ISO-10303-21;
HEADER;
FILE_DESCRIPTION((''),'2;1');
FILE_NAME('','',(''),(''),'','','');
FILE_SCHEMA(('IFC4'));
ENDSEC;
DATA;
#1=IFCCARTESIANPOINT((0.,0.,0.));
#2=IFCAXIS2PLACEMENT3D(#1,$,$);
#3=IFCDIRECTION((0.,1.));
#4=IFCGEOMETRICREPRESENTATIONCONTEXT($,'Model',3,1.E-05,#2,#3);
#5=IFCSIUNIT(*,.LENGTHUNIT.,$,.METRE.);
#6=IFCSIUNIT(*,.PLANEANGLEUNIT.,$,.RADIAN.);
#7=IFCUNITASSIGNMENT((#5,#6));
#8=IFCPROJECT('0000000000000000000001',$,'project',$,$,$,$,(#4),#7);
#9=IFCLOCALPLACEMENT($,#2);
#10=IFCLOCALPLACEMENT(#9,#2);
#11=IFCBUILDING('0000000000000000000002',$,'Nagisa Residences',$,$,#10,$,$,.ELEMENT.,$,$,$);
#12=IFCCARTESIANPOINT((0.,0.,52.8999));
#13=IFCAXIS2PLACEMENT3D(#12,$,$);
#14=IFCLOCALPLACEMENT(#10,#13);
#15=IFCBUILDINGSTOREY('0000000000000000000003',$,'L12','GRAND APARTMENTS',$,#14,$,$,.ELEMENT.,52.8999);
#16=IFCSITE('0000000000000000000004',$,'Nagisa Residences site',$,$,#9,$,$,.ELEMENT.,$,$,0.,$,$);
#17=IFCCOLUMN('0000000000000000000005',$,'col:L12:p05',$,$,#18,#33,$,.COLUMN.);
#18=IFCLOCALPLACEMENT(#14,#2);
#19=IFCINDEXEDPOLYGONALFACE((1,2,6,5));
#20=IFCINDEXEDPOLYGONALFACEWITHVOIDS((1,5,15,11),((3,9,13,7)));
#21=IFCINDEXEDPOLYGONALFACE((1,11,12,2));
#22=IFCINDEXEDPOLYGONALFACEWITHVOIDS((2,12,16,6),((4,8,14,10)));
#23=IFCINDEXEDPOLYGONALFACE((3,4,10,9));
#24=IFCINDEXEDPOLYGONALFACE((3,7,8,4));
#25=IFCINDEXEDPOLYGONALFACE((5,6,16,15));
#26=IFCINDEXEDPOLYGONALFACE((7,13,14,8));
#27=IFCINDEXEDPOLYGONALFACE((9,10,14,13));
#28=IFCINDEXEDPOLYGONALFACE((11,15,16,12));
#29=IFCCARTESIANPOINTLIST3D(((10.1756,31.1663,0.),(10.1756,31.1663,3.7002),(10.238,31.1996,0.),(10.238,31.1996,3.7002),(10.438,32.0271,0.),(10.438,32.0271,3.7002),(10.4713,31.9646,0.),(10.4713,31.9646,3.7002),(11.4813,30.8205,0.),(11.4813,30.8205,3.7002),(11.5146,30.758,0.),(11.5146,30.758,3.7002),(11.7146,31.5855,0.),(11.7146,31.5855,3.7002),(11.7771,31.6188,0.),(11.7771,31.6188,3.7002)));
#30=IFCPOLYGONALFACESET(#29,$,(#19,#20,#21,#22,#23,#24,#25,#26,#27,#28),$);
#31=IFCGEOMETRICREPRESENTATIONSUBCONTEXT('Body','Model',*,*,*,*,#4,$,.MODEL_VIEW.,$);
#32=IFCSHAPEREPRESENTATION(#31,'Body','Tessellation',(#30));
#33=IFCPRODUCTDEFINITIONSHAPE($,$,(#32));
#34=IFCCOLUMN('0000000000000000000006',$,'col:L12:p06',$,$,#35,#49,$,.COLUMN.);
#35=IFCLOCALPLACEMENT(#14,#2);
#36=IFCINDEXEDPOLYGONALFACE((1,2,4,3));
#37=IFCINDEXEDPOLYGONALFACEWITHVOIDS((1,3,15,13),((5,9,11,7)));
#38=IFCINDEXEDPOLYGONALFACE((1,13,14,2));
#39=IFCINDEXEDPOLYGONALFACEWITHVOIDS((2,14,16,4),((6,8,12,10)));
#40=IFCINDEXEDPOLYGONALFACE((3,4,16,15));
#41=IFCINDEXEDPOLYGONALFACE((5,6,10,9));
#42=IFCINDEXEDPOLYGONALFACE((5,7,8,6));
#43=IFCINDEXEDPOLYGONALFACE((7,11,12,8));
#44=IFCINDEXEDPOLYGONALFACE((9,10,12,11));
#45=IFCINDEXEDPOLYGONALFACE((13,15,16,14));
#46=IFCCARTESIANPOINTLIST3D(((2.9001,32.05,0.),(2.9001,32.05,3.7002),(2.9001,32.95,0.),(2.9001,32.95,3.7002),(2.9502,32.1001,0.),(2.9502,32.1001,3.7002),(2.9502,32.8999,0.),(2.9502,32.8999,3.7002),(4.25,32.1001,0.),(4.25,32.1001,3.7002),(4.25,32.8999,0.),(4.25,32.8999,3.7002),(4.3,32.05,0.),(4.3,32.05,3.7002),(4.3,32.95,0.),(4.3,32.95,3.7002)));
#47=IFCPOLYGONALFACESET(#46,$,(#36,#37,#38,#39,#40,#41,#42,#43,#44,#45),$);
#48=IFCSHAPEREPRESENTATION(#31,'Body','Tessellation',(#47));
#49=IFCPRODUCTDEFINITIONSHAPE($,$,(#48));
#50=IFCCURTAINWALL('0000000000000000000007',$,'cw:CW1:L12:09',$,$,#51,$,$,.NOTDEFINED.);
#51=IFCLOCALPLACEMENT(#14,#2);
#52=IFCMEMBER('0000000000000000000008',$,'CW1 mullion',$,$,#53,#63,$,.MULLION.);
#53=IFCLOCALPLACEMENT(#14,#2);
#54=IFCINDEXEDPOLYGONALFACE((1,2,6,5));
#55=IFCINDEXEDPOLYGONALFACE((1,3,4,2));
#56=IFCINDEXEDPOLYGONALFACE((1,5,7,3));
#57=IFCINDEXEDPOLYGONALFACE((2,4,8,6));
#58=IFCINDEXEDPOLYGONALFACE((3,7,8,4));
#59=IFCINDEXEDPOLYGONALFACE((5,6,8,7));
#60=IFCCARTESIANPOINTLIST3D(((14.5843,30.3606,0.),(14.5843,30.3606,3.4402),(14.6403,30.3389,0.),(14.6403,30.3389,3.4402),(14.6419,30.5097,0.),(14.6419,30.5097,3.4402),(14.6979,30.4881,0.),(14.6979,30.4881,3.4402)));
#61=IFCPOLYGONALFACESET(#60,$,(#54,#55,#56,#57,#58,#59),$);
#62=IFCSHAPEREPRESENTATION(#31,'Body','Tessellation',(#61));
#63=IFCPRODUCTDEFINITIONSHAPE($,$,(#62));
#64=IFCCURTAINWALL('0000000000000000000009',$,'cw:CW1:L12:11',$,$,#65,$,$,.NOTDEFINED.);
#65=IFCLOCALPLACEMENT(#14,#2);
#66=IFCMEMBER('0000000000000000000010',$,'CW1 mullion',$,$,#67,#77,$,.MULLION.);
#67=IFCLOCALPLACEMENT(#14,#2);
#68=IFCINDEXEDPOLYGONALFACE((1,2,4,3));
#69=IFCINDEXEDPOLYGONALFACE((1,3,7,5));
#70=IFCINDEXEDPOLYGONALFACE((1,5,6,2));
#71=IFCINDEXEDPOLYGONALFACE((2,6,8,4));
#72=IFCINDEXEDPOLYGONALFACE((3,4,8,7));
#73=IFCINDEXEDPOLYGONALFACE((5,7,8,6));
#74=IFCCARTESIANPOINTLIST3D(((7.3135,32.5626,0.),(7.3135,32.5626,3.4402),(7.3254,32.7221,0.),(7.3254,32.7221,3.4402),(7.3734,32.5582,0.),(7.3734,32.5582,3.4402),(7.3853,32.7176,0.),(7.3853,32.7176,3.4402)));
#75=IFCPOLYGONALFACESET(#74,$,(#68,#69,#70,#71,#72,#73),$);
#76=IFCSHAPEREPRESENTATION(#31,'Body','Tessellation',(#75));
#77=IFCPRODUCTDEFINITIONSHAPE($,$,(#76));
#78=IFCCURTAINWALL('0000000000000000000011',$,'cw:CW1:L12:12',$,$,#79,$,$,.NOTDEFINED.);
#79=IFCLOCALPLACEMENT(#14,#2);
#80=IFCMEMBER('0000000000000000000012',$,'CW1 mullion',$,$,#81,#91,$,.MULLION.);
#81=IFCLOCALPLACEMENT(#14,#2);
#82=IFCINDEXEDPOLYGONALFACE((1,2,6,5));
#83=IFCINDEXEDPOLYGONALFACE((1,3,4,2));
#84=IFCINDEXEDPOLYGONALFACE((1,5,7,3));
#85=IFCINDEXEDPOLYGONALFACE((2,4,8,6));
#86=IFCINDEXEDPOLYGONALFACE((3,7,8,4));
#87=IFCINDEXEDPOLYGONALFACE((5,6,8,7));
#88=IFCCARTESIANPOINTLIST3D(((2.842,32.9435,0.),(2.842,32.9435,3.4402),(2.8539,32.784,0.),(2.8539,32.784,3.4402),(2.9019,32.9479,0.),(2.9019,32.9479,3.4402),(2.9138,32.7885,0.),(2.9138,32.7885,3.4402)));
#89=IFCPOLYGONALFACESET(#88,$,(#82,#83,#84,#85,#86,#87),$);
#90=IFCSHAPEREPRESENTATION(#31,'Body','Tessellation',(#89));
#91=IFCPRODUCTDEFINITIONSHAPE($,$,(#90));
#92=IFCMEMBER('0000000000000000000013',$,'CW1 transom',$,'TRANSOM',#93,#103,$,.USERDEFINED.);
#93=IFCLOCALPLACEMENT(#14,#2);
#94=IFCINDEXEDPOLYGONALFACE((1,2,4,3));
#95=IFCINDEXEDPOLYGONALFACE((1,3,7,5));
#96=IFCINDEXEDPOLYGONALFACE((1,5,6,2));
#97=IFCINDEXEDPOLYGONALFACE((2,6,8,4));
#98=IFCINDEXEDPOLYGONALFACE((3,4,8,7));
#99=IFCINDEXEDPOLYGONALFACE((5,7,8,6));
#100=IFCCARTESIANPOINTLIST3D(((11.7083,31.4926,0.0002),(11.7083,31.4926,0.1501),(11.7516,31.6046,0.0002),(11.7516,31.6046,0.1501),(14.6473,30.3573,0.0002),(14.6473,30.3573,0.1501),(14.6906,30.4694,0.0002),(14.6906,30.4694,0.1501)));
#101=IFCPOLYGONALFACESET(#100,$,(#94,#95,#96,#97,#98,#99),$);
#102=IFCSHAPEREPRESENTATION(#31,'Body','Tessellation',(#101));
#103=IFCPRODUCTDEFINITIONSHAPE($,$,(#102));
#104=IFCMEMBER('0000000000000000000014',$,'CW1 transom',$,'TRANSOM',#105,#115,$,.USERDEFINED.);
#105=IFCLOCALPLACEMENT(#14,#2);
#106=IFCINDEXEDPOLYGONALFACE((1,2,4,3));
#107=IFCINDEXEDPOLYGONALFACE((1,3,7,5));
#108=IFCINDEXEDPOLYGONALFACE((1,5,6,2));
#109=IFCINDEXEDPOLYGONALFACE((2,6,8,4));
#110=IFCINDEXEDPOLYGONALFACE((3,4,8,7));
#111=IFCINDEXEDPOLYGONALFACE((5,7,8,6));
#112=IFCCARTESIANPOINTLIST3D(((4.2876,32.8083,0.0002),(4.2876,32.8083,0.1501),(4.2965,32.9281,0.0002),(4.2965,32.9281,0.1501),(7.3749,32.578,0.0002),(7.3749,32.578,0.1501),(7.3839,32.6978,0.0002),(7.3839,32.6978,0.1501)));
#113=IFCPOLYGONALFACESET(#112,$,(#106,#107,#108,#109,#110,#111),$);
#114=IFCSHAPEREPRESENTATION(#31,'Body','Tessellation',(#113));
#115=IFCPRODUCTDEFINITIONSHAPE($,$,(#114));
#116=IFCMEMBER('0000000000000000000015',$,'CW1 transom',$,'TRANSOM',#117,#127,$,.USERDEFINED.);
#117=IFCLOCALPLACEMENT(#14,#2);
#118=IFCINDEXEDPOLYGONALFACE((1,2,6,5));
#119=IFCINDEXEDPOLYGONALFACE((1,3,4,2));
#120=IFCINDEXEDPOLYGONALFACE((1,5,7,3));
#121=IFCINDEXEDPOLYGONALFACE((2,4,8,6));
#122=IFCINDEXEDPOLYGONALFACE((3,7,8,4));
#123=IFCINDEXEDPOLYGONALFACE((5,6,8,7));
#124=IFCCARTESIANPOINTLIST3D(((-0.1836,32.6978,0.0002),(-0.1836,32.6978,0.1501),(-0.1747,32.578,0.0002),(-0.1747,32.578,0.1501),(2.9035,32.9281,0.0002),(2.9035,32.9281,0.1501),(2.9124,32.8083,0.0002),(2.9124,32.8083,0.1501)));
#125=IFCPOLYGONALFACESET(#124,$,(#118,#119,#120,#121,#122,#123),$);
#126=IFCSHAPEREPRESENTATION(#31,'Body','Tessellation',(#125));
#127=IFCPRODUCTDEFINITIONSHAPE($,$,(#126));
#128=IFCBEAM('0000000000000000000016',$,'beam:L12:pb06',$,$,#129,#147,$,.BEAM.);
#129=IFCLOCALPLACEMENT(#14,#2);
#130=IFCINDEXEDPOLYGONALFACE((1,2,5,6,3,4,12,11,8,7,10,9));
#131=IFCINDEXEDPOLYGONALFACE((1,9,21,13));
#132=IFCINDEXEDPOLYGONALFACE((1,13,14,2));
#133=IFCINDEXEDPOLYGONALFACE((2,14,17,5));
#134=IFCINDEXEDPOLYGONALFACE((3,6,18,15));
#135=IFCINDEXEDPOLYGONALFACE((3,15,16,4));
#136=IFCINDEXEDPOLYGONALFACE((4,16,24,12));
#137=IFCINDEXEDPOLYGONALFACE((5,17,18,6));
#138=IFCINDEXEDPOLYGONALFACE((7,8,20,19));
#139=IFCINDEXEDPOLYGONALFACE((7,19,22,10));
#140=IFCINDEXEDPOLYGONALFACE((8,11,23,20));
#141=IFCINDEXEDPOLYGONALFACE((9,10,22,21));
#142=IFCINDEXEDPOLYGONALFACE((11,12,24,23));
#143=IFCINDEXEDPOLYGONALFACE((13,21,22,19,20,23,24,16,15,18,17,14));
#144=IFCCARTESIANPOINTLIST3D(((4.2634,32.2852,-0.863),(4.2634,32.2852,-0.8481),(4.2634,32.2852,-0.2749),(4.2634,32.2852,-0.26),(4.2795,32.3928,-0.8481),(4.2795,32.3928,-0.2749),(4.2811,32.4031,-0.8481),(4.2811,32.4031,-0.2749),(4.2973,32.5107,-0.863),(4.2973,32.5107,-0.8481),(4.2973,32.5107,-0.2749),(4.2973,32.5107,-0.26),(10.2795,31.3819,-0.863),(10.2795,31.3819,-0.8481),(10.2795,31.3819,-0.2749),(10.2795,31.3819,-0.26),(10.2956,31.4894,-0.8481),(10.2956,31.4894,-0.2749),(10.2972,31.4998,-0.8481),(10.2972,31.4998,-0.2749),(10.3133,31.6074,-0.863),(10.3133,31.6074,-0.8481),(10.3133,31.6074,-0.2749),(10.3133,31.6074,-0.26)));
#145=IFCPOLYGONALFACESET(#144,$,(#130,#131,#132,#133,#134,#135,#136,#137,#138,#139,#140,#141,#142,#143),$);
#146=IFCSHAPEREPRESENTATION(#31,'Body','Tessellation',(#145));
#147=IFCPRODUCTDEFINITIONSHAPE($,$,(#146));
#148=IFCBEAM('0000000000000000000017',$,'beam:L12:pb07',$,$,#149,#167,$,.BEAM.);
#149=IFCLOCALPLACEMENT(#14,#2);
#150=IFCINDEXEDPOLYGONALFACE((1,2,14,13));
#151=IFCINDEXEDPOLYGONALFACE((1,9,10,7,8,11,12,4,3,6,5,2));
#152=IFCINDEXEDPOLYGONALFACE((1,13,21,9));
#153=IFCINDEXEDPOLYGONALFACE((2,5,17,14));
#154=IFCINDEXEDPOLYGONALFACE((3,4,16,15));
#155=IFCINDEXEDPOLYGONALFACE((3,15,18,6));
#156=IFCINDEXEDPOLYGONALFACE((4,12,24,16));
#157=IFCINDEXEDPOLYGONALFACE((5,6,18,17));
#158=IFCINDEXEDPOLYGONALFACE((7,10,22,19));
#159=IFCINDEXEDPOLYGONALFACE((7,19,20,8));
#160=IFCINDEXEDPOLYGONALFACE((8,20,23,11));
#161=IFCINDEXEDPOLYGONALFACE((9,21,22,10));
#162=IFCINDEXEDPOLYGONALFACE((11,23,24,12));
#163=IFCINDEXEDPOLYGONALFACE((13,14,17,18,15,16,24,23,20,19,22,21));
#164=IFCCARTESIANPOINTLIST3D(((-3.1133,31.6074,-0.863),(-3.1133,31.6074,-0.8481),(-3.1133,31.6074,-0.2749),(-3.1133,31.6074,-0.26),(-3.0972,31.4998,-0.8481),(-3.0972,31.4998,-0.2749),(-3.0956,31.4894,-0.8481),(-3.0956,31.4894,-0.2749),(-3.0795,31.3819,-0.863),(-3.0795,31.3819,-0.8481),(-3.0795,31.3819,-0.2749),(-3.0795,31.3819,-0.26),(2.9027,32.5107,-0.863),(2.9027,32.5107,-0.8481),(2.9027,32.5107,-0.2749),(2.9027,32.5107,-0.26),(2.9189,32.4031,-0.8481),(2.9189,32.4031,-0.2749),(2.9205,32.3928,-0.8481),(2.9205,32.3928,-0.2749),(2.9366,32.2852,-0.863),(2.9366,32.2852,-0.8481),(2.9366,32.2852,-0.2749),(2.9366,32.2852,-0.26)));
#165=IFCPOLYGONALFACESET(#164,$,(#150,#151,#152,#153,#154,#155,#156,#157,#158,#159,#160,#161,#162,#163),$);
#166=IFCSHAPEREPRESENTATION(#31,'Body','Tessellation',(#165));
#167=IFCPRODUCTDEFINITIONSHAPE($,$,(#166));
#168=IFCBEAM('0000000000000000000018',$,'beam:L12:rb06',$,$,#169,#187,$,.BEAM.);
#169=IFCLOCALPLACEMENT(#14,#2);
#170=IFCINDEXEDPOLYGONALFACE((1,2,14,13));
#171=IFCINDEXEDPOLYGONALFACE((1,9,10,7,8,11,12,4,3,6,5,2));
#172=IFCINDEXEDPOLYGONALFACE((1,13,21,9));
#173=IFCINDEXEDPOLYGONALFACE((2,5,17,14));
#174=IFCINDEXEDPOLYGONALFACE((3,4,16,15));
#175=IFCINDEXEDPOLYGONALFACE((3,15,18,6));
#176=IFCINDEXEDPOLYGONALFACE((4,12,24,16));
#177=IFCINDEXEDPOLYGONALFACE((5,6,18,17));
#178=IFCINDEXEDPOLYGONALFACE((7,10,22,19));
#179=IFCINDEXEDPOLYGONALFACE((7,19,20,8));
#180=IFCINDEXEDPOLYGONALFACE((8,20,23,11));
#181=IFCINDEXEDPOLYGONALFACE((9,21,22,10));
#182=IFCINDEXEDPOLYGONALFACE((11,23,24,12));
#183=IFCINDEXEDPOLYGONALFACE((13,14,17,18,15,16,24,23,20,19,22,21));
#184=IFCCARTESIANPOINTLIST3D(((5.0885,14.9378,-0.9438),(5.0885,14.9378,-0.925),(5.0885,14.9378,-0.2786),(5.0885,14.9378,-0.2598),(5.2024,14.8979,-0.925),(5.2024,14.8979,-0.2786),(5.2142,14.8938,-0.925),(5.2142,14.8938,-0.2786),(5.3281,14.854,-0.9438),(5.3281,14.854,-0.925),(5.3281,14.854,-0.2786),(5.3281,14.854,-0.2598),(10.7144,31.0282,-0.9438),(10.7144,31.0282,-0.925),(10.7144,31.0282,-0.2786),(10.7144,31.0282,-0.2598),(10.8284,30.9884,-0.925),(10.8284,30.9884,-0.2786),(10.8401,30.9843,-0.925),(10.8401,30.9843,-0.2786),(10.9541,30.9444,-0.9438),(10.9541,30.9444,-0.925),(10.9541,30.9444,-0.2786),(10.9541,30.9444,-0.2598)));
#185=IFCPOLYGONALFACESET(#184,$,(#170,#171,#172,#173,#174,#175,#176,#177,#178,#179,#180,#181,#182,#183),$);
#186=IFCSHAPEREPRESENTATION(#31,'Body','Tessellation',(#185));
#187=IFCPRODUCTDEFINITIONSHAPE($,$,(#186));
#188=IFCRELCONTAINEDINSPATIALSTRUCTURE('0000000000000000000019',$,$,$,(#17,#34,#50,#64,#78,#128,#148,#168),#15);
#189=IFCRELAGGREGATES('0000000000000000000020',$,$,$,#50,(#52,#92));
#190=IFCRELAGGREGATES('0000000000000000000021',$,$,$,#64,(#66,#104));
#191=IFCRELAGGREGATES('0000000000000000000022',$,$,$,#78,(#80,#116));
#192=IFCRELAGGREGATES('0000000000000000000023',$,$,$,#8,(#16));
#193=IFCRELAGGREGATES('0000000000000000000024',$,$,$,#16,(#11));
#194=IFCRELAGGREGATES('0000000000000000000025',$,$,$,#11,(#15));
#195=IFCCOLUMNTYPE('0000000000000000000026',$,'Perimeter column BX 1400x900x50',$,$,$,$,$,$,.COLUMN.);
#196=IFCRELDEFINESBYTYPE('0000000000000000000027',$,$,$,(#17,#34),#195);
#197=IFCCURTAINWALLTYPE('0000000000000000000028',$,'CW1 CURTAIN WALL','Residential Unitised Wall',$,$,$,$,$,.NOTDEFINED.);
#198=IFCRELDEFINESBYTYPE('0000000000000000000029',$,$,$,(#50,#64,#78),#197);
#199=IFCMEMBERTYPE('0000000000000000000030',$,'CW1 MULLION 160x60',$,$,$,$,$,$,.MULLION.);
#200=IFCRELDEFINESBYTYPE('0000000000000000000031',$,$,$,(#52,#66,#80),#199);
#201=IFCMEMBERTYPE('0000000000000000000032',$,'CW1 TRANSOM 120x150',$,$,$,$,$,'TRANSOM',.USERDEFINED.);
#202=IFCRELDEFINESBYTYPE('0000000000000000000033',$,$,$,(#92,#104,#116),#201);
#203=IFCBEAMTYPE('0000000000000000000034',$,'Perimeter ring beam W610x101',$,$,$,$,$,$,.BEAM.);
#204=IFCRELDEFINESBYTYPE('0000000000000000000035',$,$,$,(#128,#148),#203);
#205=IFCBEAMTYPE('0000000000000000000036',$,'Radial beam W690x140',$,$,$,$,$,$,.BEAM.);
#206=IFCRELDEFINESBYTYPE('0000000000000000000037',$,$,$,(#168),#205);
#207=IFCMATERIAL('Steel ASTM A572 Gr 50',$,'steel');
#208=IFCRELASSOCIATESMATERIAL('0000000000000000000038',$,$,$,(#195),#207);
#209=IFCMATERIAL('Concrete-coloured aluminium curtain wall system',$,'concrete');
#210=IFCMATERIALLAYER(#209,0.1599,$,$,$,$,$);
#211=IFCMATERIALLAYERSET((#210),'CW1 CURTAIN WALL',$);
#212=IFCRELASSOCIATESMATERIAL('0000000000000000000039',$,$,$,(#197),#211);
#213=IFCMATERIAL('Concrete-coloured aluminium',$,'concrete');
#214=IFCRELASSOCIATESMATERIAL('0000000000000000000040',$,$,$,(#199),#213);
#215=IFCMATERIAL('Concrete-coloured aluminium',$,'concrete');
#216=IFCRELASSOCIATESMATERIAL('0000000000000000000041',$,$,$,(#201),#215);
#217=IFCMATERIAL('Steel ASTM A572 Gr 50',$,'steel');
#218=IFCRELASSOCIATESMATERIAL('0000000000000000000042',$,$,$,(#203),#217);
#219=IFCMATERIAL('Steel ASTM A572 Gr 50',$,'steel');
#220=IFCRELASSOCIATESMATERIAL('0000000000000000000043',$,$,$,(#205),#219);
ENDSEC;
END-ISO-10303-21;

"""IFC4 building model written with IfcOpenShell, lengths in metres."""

from ifc_helpers import new_model, si_unit, direction, frame, origin, origin_2d, place, context, subcontext, project, spatial, rectangle, hollow_rectangle, i_section, extrude, material, layer, layer_set, material_profile, profile_set, type_object, element, aggregate, save


model = new_model("IFC4")

# Units and contexts
model_context = context("Model", 3, precision=1e-05, world=origin(), true_north=direction((0.0, 1.0)))
body_context = subcontext(model_context, "Body", "Model", "MODEL_VIEW")
ifc_project = project(units=[si_unit("LENGTHUNIT", "METRE"), si_unit("PLANEANGLEUNIT", "RADIAN")], contexts=[model_context])

# Site, building, storey
site_placement = place(None, origin())
site = spatial("IfcSite", under=ifc_project, at=site_placement, Name="Nagisa Residences site", CompositionType="ELEMENT", RefElevation=0.0)
building_placement = place(site_placement, origin())
building = spatial("IfcBuilding", under=site, at=building_placement, Name="Nagisa Residences", CompositionType="ELEMENT")
storey_placement = place(building_placement, frame((0.0, 0.0, 52.8999)))
storey = spatial("IfcBuildingStorey", under=building, at=storey_placement, Name="L12", Description="GRAND APARTMENTS", CompositionType="ELEMENT", Elevation=52.8999)

# Columns
ifc_material_1 = material(Name="Steel ASTM A572 Gr 50", Category="steel")
ifc_material_profile_1 = material_profile(ifc_material_1, hollow_rectangle(XDim=1.3999, YDim=0.8999, WallThickness=0.05, at=origin_2d()), Name="BX 1400x900x50")
ifc_profile_set_1 = profile_set([ifc_material_profile_1], Name="Steel ASTM A572 Gr 50")
column_type = type_object("IfcColumnType", Name="Perimeter column BX 1400x900x50", PredefinedType="COLUMN", material=ifc_profile_set_1)
for number, where, z_axis, x_axis, name in (
    (1, (10.9763, 31.3926, 0.0), (0.0, 0.0, 1.0), (-0.956525, 0.291652, 0.0), "col:L12:p05"),
    (2, (3.6001, 32.5, 0.0), (0.0, 0.0, 1.0), (-1.0, 0.0, 0.0), "col:L12:p06"),
):
    element("IfcColumn", number, at=place(storey_placement, frame(where, z_axis=z_axis, x_axis=x_axis)), inside=storey, type_object=column_type, Name=name, PredefinedType="COLUMN", context=body_context, shape_type="SweptSolid", body=[
        extrude(hollow_rectangle(XDim=1.3999, YDim=0.8999, WallThickness=0.05, at=origin_2d()), origin(), (0.0, 0.0, 1.0), 3.7002),
    ])

# Curtain walls, members
ifc_material_2 = material(Name="Concrete-coloured aluminium curtain wall system", Category="concrete")
ifc_layer_1 = layer(ifc_material_2, 0.1599)
ifc_layer_set_1 = layer_set([ifc_layer_1], Name="CW1 CURTAIN WALL")
curtain_wall_type = type_object("IfcCurtainWallType", Name="CW1 CURTAIN WALL", Description="Residential Unitised Wall", PredefinedType="NOTDEFINED", material=ifc_layer_set_1)
curtain_wall_1_placement = place(storey_placement, origin())
curtain_wall_1 = element("IfcCurtainWall", 3, at=curtain_wall_1_placement, inside=storey, type_object=curtain_wall_type, Name="cw:CW1:L12:09", PredefinedType="NOTDEFINED")
ifc_material_3 = material(Name="Concrete-coloured aluminium", Category="concrete")
ifc_material_profile_2 = material_profile(ifc_material_3, rectangle(XDim=0.1599, YDim=0.0601, at=origin_2d()), Name="CW1 MULLION 160x60")
ifc_profile_set_2 = profile_set([ifc_material_profile_2], Name="Concrete-coloured aluminium")
member_type_1 = type_object("IfcMemberType", Name="CW1 MULLION 160x60", PredefinedType="MULLION", material=ifc_profile_set_2)
member_1_placement = place(storey_placement, frame((14.6411, 30.4243, 0.0), z_axis=(0.0, 0.0, 1.0), x_axis=(-0.360328, -0.932826, 0.0)))
member_1 = element("IfcMember", 4, at=member_1_placement, type_object=member_type_1, Name="CW1 mullion", PredefinedType="MULLION", context=body_context, shape_type="SweptSolid", body=[
    extrude(rectangle(XDim=0.1599, YDim=0.0601, at=origin_2d()), origin(), (0.0, 0.0, 1.0), 3.4402),
])
curtain_wall_2_placement = place(storey_placement, origin())
curtain_wall_2 = element("IfcCurtainWall", 5, at=curtain_wall_2_placement, inside=storey, type_object=curtain_wall_type, Name="cw:CW1:L12:11", PredefinedType="NOTDEFINED")
member_2_placement = place(storey_placement, frame((7.3494, 32.6401, 0.0), z_axis=(0.0, 0.0, 1.0), x_axis=(-0.074377, -0.99723, 0.0)))
member_2 = element("IfcMember", 6, at=member_2_placement, type_object=member_type_1, Name="CW1 mullion", PredefinedType="MULLION", context=body_context, shape_type="SweptSolid", body=[
    extrude(rectangle(XDim=0.1599, YDim=0.0601, at=origin_2d()), origin(), (0.0, 0.0, 1.0), 3.4402),
])
curtain_wall_3_placement = place(storey_placement, origin())
curtain_wall_3 = element("IfcCurtainWall", 7, at=curtain_wall_3_placement, inside=storey, type_object=curtain_wall_type, Name="cw:CW1:L12:12", PredefinedType="NOTDEFINED")
member_3_placement = place(storey_placement, frame((2.8779, 32.866, 0.0), z_axis=(0.0, 0.0, 1.0), x_axis=(0.074377, -0.99723, 0.0)))
member_3 = element("IfcMember", 8, at=member_3_placement, type_object=member_type_1, Name="CW1 mullion", PredefinedType="MULLION", context=body_context, shape_type="SweptSolid", body=[
    extrude(rectangle(XDim=0.1599, YDim=0.0601, at=origin_2d()), origin(), (0.0, 0.0, 1.0), 3.4402),
])

# Members
ifc_material_4 = material(Name="Concrete-coloured aluminium", Category="concrete")
ifc_material_profile_3 = material_profile(ifc_material_4, rectangle(XDim=0.1201, YDim=0.1499, at=origin_2d()), Name="CW1 TRANSOM 120x150")
ifc_profile_set_3 = profile_set([ifc_material_profile_3], Name="Concrete-coloured aluminium")
member_type_2 = type_object("IfcMemberType", Name="CW1 TRANSOM 120x150", ElementType="TRANSOM", PredefinedType="USERDEFINED", material=ifc_profile_set_3)
member_4_placement = place(storey_placement, frame((14.6689, 30.4133, 0.0752), z_axis=(-0.932825, 0.360329, 0.0), x_axis=(-0.360329, -0.932825, 0.0)))
member_4 = element("IfcMember", 9, at=member_4_placement, type_object=member_type_2, Name="CW1 transom", ObjectType="TRANSOM", PredefinedType="USERDEFINED", context=body_context, shape_type="SweptSolid", body=[
    extrude(rectangle(XDim=0.1201, YDim=0.1499, at=origin_2d()), origin(), (0.0, 0.0, 1.0), 3.1506),
])
member_5_placement = place(storey_placement, frame((7.3794, 32.6379, 0.0752), z_axis=(-0.997231, 0.074363, 0.0), x_axis=(-0.074363, -0.997231, 0.0)))
member_5 = element("IfcMember", 10, at=member_5_placement, type_object=member_type_2, Name="CW1 transom", ObjectType="TRANSOM", PredefinedType="USERDEFINED", context=body_context, shape_type="SweptSolid", body=[
    extrude(rectangle(XDim=0.1201, YDim=0.1499, at=origin_2d()), origin(), (0.0, 0.0, 1.0), 3.0959),
])
member_6_placement = place(storey_placement, frame((2.908, 32.8682, 0.0752), z_axis=(-0.997231, -0.074368, 0.0), x_axis=(0.074368, -0.997231, 0.0)))
member_6 = element("IfcMember", 11, at=member_6_placement, type_object=member_type_2, Name="CW1 transom", ObjectType="TRANSOM", PredefinedType="USERDEFINED", context=body_context, shape_type="SweptSolid", body=[
    extrude(rectangle(XDim=0.1201, YDim=0.1499, at=origin_2d()), origin(), (0.0, 0.0, 1.0), 3.0957),
])

# Beams
ifc_material_5 = material(Name="Steel ASTM A572 Gr 50", Category="steel")
ifc_material_profile_4 = material_profile(ifc_material_5, i_section(OverallWidth=0.228, OverallDepth=0.603, WebThickness=0.0105, FlangeThickness=0.0149, at=origin_2d()), Name="W610x101")
ifc_profile_set_4 = profile_set([ifc_material_profile_4], Name="Steel ASTM A572 Gr 50")
beam_type_1 = type_object("IfcBeamType", Name="Perimeter ring beam W610x101", PredefinedType="BEAM", material=ifc_profile_set_4)
for number, where, z_axis, x_axis, name in (
    (12, (10.2964, 31.4946, -0.5615), (-0.988915, 0.148486, 0.0), (-0.148486, -0.988915, 0.0), "beam:L12:pb06"),
    (13, (2.9197, 32.3979, -0.5615), (-0.988915, -0.148486, 0.0), (0.148486, -0.988915, 0.0), "beam:L12:pb07"),
):
    element("IfcBeam", number, at=place(storey_placement, frame(where, z_axis=z_axis, x_axis=x_axis)), inside=storey, type_object=beam_type_1, Name=name, PredefinedType="BEAM", context=body_context, shape_type="SweptSolid", body=[
        extrude(i_section(OverallWidth=0.228, OverallDepth=0.603, WebThickness=0.0105, FlangeThickness=0.0149, at=origin_2d()), origin(), (0.0, 0.0, 1.0), 6.0835),
    ])
ifc_material_6 = material(Name="Steel ASTM A572 Gr 50", Category="steel")
ifc_material_profile_5 = material_profile(ifc_material_6, i_section(OverallWidth=0.2539, OverallDepth=0.6841, WebThickness=0.0125, FlangeThickness=0.0188, at=origin_2d()), Name="W690x140")
ifc_profile_set_5 = profile_set([ifc_material_profile_5], Name="Steel ASTM A572 Gr 50")
beam_type_2 = type_object("IfcBeamType", Name="Radial beam W690x140", PredefinedType="BEAM", material=ifc_profile_set_5)
beam_1_placement = place(storey_placement, frame((10.8342, 30.9863, -0.6018), z_axis=(-0.330051, -0.943963, 0.0), x_axis=(0.943963, -0.330051, 0.0)))
element("IfcBeam", 14, at=beam_1_placement, inside=storey, type_object=beam_type_2, Name="beam:L12:rb06", PredefinedType="BEAM", context=body_context, shape_type="SweptSolid", body=[
    extrude(i_section(OverallWidth=0.2539, OverallDepth=0.6841, WebThickness=0.0125, FlangeThickness=0.0188, at=origin_2d()), origin(), (0.0, 0.0, 1.0), 17.0457),
])

aggregate(curtain_wall_1, [member_1, member_4])
aggregate(curtain_wall_2, [member_2, member_5])
aggregate(curtain_wall_3, [member_3, member_6])

save(model, "model.ifc")
